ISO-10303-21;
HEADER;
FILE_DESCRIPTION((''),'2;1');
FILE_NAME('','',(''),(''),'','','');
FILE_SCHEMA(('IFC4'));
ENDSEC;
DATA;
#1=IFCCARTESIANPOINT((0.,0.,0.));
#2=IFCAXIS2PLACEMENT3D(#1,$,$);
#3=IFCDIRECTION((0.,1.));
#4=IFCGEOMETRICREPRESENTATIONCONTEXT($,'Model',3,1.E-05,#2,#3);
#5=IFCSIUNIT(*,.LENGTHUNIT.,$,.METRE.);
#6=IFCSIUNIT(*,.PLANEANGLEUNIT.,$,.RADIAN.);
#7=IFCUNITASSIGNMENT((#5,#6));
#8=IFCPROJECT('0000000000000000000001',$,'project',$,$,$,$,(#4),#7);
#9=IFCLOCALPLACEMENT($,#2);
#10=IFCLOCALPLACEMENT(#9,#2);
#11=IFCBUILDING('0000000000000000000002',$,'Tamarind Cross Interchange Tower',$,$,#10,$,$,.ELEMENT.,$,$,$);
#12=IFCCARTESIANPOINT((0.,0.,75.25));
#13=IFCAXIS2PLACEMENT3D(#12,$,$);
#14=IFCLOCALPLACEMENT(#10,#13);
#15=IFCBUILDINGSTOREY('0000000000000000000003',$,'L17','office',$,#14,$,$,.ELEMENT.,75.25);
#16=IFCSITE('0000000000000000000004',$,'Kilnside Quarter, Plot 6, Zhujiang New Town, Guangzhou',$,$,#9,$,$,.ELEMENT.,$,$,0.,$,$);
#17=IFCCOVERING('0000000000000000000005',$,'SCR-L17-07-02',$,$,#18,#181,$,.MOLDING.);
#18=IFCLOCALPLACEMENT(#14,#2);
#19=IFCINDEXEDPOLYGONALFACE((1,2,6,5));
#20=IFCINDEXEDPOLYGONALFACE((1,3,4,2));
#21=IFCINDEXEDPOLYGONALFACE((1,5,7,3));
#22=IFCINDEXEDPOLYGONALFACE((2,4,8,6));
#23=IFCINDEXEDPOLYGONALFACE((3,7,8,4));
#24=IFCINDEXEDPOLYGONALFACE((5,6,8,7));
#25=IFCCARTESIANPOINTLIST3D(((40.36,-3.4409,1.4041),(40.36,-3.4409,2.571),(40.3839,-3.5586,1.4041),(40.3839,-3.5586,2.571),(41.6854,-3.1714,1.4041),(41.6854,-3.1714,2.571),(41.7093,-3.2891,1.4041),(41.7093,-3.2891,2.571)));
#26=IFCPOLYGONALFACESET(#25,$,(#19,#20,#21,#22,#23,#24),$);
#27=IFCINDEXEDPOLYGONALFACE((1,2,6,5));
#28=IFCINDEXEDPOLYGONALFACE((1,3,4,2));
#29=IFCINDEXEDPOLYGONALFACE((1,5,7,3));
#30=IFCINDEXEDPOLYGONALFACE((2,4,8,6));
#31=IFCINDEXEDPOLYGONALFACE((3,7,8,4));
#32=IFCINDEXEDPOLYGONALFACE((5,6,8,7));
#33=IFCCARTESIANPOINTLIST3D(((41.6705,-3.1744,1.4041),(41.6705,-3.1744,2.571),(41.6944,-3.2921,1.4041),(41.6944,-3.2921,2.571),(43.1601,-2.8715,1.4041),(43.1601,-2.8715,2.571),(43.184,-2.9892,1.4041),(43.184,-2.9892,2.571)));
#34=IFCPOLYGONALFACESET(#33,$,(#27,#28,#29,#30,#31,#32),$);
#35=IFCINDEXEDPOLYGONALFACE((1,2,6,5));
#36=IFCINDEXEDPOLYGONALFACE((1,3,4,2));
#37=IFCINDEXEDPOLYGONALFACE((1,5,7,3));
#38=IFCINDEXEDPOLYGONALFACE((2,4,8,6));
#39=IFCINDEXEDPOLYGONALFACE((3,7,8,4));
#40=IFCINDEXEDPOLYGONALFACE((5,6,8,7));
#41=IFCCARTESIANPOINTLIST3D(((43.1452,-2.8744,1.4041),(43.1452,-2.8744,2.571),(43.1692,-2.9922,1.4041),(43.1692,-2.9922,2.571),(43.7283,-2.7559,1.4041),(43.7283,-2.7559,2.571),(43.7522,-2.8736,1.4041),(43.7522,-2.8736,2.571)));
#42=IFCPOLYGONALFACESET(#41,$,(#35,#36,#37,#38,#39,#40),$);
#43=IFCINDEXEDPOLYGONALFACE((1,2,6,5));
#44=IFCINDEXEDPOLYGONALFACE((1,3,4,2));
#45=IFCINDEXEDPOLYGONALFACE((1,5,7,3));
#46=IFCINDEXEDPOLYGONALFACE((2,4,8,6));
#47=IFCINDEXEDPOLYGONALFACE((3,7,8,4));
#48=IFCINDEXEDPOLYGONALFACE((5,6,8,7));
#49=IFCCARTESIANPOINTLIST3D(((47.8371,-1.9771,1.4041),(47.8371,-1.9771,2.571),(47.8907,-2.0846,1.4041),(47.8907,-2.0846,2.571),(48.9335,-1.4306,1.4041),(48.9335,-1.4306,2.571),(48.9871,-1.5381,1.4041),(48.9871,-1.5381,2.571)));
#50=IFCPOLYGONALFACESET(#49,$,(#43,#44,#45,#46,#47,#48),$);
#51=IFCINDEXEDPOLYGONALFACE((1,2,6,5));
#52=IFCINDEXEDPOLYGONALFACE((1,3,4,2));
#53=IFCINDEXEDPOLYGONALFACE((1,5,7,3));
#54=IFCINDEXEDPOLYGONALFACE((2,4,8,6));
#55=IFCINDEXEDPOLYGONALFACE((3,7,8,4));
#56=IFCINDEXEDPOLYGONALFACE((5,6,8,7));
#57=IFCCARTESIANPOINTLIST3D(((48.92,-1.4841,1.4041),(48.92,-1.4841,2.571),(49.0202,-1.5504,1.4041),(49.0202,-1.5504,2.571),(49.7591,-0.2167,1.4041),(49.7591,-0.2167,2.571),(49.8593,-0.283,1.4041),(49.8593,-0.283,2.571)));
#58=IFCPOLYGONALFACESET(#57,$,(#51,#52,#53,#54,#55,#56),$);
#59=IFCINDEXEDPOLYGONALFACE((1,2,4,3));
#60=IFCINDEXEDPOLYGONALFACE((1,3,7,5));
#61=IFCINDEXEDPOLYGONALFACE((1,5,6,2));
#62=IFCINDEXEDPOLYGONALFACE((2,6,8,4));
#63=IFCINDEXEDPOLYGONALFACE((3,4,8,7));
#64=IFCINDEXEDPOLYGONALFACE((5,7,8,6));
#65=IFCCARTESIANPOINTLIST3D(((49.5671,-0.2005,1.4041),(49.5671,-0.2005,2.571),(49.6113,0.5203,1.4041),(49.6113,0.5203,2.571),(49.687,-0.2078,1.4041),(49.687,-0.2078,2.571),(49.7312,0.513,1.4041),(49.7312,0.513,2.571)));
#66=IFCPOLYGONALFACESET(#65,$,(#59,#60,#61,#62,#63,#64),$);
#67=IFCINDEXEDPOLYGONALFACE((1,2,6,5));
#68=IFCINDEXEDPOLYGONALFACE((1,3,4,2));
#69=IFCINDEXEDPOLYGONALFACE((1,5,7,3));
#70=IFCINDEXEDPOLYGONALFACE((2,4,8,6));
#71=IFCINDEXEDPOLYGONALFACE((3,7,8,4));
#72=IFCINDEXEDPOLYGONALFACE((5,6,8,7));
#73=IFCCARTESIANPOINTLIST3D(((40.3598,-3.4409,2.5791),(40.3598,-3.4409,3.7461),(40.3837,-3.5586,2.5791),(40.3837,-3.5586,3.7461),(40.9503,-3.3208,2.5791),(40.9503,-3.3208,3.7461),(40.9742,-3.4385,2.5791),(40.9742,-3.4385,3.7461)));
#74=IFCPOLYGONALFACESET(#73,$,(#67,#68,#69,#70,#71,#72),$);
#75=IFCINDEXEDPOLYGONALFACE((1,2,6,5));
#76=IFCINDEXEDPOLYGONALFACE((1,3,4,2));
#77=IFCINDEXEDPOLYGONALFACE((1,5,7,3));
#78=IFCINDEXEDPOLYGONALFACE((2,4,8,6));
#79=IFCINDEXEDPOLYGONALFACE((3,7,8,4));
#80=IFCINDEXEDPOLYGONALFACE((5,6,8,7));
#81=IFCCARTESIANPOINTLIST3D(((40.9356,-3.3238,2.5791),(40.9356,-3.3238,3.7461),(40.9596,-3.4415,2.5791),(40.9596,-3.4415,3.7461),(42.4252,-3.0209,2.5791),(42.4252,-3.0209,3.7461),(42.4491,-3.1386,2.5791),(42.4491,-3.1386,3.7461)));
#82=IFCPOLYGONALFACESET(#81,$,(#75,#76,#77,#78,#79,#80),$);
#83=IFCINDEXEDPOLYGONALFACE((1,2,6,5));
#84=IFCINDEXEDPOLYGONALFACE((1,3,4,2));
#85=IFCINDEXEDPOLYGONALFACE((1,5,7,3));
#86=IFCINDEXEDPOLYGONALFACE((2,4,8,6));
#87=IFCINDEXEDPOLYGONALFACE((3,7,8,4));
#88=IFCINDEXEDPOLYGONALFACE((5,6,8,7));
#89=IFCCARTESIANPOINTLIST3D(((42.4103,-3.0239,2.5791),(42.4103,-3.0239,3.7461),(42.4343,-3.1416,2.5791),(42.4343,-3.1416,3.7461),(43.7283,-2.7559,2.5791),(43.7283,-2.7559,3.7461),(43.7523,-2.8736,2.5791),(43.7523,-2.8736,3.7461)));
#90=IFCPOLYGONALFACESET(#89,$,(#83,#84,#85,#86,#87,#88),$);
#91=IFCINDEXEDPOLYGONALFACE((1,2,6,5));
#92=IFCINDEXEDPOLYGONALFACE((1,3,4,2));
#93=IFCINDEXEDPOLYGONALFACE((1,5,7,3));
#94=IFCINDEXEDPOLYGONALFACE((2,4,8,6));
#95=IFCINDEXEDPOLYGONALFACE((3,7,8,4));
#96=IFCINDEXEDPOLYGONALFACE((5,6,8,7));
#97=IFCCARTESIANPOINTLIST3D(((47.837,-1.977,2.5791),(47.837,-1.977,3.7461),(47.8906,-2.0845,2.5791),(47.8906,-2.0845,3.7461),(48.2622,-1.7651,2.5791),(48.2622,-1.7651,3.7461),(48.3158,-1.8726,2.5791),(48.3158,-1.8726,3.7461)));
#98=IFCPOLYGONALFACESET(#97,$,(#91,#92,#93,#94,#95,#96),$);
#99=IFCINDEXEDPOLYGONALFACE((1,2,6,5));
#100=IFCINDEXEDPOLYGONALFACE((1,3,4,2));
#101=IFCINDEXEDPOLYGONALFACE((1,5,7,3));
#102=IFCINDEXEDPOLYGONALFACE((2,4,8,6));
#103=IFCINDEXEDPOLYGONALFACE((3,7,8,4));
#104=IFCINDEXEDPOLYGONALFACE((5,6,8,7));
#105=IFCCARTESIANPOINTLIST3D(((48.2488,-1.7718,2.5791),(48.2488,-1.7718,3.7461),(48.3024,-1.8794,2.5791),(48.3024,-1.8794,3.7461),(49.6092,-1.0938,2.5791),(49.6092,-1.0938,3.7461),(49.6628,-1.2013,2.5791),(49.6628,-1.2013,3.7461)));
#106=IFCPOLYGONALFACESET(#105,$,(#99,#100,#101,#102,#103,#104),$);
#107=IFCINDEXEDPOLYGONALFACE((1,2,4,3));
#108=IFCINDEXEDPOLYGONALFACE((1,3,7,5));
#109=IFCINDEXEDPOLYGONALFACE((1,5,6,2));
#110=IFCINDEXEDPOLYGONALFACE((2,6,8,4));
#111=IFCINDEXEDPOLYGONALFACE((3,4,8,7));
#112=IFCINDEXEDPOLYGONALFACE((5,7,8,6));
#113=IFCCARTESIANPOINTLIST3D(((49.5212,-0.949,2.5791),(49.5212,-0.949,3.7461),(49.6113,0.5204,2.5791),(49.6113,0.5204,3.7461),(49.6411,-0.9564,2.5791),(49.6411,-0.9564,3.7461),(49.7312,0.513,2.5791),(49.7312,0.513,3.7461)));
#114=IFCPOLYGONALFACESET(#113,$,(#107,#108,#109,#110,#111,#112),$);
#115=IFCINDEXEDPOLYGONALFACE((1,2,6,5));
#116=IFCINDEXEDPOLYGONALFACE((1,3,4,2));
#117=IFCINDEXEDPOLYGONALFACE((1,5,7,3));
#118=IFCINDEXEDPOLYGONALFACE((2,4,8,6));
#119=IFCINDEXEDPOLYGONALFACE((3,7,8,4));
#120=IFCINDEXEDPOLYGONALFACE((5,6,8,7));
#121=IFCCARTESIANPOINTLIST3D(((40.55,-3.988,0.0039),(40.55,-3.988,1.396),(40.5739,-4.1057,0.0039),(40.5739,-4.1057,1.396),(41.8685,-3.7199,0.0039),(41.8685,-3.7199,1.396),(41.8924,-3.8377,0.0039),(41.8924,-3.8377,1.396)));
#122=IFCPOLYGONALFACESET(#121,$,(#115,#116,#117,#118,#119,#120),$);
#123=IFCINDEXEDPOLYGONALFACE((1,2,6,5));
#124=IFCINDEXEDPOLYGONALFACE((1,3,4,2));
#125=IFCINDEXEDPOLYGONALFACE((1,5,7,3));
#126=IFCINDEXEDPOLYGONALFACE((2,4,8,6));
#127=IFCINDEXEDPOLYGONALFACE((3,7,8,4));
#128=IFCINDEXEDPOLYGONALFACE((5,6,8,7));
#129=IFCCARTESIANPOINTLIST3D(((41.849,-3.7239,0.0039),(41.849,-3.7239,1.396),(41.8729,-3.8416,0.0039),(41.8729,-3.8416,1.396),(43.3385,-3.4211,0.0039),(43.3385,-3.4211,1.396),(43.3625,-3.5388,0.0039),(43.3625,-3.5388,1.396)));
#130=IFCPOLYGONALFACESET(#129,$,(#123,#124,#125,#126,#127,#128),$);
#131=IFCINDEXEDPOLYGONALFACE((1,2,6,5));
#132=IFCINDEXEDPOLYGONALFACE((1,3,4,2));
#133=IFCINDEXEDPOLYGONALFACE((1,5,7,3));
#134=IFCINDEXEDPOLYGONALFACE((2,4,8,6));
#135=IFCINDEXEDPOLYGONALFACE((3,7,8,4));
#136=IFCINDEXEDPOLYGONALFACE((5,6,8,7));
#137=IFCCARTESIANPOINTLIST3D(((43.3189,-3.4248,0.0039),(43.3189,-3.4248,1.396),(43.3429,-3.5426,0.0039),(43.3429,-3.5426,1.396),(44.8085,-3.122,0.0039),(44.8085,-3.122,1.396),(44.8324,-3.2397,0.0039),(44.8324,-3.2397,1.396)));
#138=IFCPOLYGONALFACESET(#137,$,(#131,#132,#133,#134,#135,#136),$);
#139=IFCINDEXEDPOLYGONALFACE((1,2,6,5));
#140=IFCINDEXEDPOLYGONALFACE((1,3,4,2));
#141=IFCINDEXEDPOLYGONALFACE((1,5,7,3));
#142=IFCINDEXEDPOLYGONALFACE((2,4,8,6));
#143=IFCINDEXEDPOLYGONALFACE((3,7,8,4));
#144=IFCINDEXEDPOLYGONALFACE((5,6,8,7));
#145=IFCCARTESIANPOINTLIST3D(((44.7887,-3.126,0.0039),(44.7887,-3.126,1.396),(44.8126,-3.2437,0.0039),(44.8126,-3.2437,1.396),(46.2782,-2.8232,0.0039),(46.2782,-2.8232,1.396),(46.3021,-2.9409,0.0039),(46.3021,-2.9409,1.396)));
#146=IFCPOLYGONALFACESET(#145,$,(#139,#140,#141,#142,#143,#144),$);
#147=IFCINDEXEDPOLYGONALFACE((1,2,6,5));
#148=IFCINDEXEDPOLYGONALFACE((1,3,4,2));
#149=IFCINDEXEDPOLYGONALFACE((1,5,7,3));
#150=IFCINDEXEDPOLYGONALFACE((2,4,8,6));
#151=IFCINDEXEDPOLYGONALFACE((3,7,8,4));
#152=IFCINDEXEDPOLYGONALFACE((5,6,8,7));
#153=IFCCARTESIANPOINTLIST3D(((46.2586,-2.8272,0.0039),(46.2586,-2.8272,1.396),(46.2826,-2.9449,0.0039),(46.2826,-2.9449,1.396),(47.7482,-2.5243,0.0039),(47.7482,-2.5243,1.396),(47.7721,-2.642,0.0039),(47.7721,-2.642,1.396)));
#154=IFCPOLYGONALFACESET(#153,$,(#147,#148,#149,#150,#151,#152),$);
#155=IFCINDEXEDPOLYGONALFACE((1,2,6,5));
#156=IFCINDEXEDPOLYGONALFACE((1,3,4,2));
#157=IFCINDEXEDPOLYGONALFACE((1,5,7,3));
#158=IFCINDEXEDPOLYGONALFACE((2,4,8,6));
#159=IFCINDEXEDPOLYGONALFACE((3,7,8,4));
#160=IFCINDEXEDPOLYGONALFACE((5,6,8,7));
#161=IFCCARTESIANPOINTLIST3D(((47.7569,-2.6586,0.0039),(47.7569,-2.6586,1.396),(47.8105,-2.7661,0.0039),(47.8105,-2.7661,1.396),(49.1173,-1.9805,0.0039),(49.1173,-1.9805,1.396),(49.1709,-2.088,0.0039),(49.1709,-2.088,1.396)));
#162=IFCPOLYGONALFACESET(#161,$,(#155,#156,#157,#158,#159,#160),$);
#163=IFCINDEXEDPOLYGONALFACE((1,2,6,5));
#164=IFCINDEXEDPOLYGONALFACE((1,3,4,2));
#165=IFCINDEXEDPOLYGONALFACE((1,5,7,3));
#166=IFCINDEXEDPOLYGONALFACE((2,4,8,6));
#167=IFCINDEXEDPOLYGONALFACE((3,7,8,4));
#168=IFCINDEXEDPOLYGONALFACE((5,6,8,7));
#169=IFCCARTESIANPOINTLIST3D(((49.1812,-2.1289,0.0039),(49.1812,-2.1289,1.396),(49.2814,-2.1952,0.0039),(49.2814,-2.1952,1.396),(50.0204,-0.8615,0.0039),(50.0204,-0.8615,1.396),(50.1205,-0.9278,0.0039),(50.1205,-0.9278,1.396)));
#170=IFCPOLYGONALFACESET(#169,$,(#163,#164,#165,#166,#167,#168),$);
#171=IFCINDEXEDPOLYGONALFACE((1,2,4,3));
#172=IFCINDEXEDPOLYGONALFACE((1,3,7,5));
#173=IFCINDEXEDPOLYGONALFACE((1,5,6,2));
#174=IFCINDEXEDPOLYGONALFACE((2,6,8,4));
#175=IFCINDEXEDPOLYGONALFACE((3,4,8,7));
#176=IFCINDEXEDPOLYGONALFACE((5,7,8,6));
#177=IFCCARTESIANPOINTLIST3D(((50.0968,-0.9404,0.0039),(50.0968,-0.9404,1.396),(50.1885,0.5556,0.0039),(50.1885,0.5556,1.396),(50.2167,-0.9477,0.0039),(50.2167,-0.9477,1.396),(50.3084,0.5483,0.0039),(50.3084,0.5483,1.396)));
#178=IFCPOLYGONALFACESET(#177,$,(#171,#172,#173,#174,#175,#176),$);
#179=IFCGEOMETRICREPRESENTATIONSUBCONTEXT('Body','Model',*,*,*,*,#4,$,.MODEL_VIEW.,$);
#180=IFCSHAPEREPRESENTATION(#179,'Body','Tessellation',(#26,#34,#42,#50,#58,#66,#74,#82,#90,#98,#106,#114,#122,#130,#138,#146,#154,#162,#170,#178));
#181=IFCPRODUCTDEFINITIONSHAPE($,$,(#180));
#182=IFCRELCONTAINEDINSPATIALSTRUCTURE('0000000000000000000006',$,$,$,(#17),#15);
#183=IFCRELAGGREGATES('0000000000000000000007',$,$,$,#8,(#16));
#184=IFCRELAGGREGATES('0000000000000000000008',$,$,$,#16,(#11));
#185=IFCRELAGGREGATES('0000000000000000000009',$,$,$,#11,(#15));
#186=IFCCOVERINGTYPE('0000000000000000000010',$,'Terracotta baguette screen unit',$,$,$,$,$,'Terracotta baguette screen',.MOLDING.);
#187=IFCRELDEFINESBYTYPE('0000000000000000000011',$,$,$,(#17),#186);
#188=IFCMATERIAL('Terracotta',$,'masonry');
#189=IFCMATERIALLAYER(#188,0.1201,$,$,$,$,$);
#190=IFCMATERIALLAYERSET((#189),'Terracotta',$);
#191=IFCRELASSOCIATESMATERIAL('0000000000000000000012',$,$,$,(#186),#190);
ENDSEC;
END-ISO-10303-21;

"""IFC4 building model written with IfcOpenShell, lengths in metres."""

from ifc_helpers import new_model, si_unit, direction, frame, origin, origin_2d, place, context, subcontext, project, spatial, rectangle, extrude, material, layer, layer_set, type_object, element, save


model = new_model("IFC4")

# Units and contexts
model_context = context("Model", 3, precision=1e-05, world=origin(), true_north=direction((0.0, 1.0)))
body_context = subcontext(model_context, "Body", "Model", "MODEL_VIEW")
ifc_project = project(units=[si_unit("LENGTHUNIT", "METRE"), si_unit("PLANEANGLEUNIT", "RADIAN")], contexts=[model_context])

# Site, building, storey
site_placement = place(None, origin())
site = spatial("IfcSite", under=ifc_project, at=site_placement, Name="Kilnside Quarter, Plot 6, Zhujiang New Town, Guangzhou", CompositionType="ELEMENT", RefElevation=0.0)
building_placement = place(site_placement, origin())
building = spatial("IfcBuilding", under=site, at=building_placement, Name="Tamarind Cross Interchange Tower", CompositionType="ELEMENT")
storey_placement = place(building_placement, frame((0.0, 0.0, 75.25)))
storey = spatial("IfcBuildingStorey", under=building, at=storey_placement, Name="L17", Description="office", CompositionType="ELEMENT", Elevation=75.25)

# Covering
ifc_material_1 = material(Name="Terracotta", Category="masonry")
ifc_layer_1 = layer(ifc_material_1, 0.1201)
ifc_layer_set_1 = layer_set([ifc_layer_1], Name="Terracotta")
covering_type = type_object("IfcCoveringType", Name="Terracotta baguette screen unit", ElementType="Terracotta baguette screen", PredefinedType="MOLDING", material=ifc_layer_set_1)
covering_1_placement = place(storey_placement, origin())
element("IfcCovering", 1, at=covering_1_placement, inside=storey, type_object=covering_type, Name="SCR-L17-07-02", PredefinedType="MOLDING", context=body_context, shape_type="SweptSolid", body=[
    extrude(rectangle(XDim=1.3525, YDim=0.1201, at=origin_2d()), frame((41.0347, -3.365, 1.4041), z_axis=(0.0, 0.0, 1.0), x_axis=(0.97995, 0.199245, 0.0)), (0.0, 0.0, 1.0), 1.167),
    extrude(rectangle(XDim=1.52, YDim=0.1201, at=origin_2d()), frame((42.4272, -3.0818, 1.4041), z_axis=(0.0, 0.0, 1.0), x_axis=(0.97995, 0.199245, 0.0)), (0.0, 0.0, 1.0), 1.167),
    extrude(rectangle(XDim=0.595, YDim=0.1201, at=origin_2d()), frame((43.4487, -2.874, 1.4041), z_axis=(0.0, 0.0, 1.0), x_axis=(0.97995, 0.199245, 0.0)), (0.0, 0.0, 1.0), 1.167),
    extrude(rectangle(XDim=1.2251, YDim=0.1201, at=origin_2d()), frame((48.4121, -1.7576, 1.4041), z_axis=(0.0, 0.0, 1.0), x_axis=(0.89499, 0.446085, 0.0)), (0.0, 0.0, 1.0), 1.167),
    extrude(rectangle(XDim=1.52, YDim=0.1201, at=origin_2d()), frame((49.3896, -0.8835, 1.4041), z_axis=(0.0, 0.0, 1.0), x_axis=(0.552042, 0.833816, 0.0)), (0.0, 0.0, 1.0), 1.167),
    extrude(rectangle(XDim=0.7222, YDim=0.1201, at=origin_2d()), frame((49.6492, 0.1562, 1.4041), z_axis=(0.0, 0.0, 1.0), x_axis=(0.061174, 0.998127, 0.0)), (0.0, 0.0, 1.0), 1.167),
    extrude(rectangle(XDim=0.6025, YDim=0.1201, at=origin_2d()), frame((40.667, -3.4397, 2.5791), z_axis=(0.0, 0.0, 1.0), x_axis=(0.97995, 0.199245, 0.0)), (0.0, 0.0, 1.0), 1.167),
    extrude(rectangle(XDim=1.52, YDim=0.1201, at=origin_2d()), frame((41.6924, -3.2312, 2.5791), z_axis=(0.0, 0.0, 1.0), x_axis=(0.97995, 0.199245, 0.0)), (0.0, 0.0, 1.0), 1.167),
    extrude(rectangle(XDim=1.345, YDim=0.1201, at=origin_2d()), frame((43.0813, -2.9487, 2.5791), z_axis=(0.0, 0.0, 1.0), x_axis=(0.97995, 0.199245, 0.0)), (0.0, 0.0, 1.0), 1.167),
    extrude(rectangle(XDim=0.4751, YDim=0.1201, at=origin_2d()), frame((48.0764, -1.9248, 2.5791), z_axis=(0.0, 0.0, 1.0), x_axis=(0.89499, 0.446085, 0.0)), (0.0, 0.0, 1.0), 1.167),
    extrude(rectangle(XDim=1.52, YDim=0.1201, at=origin_2d()), frame((48.9558, -1.4866, 2.5791), z_axis=(0.0, 0.0, 1.0), x_axis=(0.89499, 0.446085, 0.0)), (0.0, 0.0, 1.0), 1.167),
    extrude(rectangle(XDim=1.4722, YDim=0.1201, at=origin_2d()), frame((49.6262, -0.218, 2.5791), z_axis=(0.0, 0.0, 1.0), x_axis=(0.061174, 0.998127, 0.0)), (0.0, 0.0, 1.0), 1.167),
    extrude(rectangle(XDim=1.3455, YDim=0.1201, at=origin_2d()), frame((41.2212, -3.9128, 0.0039), z_axis=(0.0, 0.0, 1.0), x_axis=(0.97995, 0.199245, 0.0)), (0.0, 0.0, 1.0), 1.3921),
    extrude(rectangle(XDim=1.52, YDim=0.1201, at=origin_2d()), frame((42.6057, -3.6313, 0.0039), z_axis=(0.0, 0.0, 1.0), x_axis=(0.97995, 0.199245, 0.0)), (0.0, 0.0, 1.0), 1.3921),
    extrude(rectangle(XDim=1.52, YDim=0.1201, at=origin_2d()), frame((44.0757, -3.3323, 0.0039), z_axis=(0.0, 0.0, 1.0), x_axis=(0.97995, 0.199245, 0.0)), (0.0, 0.0, 1.0), 1.3921),
    extrude(rectangle(XDim=1.52, YDim=0.1201, at=origin_2d()), frame((45.5454, -3.0334, 0.0039), z_axis=(0.0, 0.0, 1.0), x_axis=(0.97995, 0.199245, 0.0)), (0.0, 0.0, 1.0), 1.3921),
    extrude(rectangle(XDim=1.52, YDim=0.1201, at=origin_2d()), frame((47.0154, -2.7346, 0.0039), z_axis=(0.0, 0.0, 1.0), x_axis=(0.97995, 0.199245, 0.0)), (0.0, 0.0, 1.0), 1.3921),
    extrude(rectangle(XDim=1.52, YDim=0.1201, at=origin_2d()), frame((48.4639, -2.3733, 0.0039), z_axis=(0.0, 0.0, 1.0), x_axis=(0.89499, 0.446085, 0.0)), (0.0, 0.0, 1.0), 1.3921),
    extrude(rectangle(XDim=1.52, YDim=0.1201, at=origin_2d()), frame((49.6509, -1.5283, 0.0039), z_axis=(0.0, 0.0, 1.0), x_axis=(0.552042, 0.833816, 0.0)), (0.0, 0.0, 1.0), 1.3921),
    extrude(rectangle(XDim=1.4988, YDim=0.1201, at=origin_2d()), frame((50.2026, -0.196, 0.0039), z_axis=(0.0, 0.0, 1.0), x_axis=(0.061174, 0.998127, 0.0)), (0.0, 0.0, 1.0), 1.3921),
])

save(model, "model.ifc")
